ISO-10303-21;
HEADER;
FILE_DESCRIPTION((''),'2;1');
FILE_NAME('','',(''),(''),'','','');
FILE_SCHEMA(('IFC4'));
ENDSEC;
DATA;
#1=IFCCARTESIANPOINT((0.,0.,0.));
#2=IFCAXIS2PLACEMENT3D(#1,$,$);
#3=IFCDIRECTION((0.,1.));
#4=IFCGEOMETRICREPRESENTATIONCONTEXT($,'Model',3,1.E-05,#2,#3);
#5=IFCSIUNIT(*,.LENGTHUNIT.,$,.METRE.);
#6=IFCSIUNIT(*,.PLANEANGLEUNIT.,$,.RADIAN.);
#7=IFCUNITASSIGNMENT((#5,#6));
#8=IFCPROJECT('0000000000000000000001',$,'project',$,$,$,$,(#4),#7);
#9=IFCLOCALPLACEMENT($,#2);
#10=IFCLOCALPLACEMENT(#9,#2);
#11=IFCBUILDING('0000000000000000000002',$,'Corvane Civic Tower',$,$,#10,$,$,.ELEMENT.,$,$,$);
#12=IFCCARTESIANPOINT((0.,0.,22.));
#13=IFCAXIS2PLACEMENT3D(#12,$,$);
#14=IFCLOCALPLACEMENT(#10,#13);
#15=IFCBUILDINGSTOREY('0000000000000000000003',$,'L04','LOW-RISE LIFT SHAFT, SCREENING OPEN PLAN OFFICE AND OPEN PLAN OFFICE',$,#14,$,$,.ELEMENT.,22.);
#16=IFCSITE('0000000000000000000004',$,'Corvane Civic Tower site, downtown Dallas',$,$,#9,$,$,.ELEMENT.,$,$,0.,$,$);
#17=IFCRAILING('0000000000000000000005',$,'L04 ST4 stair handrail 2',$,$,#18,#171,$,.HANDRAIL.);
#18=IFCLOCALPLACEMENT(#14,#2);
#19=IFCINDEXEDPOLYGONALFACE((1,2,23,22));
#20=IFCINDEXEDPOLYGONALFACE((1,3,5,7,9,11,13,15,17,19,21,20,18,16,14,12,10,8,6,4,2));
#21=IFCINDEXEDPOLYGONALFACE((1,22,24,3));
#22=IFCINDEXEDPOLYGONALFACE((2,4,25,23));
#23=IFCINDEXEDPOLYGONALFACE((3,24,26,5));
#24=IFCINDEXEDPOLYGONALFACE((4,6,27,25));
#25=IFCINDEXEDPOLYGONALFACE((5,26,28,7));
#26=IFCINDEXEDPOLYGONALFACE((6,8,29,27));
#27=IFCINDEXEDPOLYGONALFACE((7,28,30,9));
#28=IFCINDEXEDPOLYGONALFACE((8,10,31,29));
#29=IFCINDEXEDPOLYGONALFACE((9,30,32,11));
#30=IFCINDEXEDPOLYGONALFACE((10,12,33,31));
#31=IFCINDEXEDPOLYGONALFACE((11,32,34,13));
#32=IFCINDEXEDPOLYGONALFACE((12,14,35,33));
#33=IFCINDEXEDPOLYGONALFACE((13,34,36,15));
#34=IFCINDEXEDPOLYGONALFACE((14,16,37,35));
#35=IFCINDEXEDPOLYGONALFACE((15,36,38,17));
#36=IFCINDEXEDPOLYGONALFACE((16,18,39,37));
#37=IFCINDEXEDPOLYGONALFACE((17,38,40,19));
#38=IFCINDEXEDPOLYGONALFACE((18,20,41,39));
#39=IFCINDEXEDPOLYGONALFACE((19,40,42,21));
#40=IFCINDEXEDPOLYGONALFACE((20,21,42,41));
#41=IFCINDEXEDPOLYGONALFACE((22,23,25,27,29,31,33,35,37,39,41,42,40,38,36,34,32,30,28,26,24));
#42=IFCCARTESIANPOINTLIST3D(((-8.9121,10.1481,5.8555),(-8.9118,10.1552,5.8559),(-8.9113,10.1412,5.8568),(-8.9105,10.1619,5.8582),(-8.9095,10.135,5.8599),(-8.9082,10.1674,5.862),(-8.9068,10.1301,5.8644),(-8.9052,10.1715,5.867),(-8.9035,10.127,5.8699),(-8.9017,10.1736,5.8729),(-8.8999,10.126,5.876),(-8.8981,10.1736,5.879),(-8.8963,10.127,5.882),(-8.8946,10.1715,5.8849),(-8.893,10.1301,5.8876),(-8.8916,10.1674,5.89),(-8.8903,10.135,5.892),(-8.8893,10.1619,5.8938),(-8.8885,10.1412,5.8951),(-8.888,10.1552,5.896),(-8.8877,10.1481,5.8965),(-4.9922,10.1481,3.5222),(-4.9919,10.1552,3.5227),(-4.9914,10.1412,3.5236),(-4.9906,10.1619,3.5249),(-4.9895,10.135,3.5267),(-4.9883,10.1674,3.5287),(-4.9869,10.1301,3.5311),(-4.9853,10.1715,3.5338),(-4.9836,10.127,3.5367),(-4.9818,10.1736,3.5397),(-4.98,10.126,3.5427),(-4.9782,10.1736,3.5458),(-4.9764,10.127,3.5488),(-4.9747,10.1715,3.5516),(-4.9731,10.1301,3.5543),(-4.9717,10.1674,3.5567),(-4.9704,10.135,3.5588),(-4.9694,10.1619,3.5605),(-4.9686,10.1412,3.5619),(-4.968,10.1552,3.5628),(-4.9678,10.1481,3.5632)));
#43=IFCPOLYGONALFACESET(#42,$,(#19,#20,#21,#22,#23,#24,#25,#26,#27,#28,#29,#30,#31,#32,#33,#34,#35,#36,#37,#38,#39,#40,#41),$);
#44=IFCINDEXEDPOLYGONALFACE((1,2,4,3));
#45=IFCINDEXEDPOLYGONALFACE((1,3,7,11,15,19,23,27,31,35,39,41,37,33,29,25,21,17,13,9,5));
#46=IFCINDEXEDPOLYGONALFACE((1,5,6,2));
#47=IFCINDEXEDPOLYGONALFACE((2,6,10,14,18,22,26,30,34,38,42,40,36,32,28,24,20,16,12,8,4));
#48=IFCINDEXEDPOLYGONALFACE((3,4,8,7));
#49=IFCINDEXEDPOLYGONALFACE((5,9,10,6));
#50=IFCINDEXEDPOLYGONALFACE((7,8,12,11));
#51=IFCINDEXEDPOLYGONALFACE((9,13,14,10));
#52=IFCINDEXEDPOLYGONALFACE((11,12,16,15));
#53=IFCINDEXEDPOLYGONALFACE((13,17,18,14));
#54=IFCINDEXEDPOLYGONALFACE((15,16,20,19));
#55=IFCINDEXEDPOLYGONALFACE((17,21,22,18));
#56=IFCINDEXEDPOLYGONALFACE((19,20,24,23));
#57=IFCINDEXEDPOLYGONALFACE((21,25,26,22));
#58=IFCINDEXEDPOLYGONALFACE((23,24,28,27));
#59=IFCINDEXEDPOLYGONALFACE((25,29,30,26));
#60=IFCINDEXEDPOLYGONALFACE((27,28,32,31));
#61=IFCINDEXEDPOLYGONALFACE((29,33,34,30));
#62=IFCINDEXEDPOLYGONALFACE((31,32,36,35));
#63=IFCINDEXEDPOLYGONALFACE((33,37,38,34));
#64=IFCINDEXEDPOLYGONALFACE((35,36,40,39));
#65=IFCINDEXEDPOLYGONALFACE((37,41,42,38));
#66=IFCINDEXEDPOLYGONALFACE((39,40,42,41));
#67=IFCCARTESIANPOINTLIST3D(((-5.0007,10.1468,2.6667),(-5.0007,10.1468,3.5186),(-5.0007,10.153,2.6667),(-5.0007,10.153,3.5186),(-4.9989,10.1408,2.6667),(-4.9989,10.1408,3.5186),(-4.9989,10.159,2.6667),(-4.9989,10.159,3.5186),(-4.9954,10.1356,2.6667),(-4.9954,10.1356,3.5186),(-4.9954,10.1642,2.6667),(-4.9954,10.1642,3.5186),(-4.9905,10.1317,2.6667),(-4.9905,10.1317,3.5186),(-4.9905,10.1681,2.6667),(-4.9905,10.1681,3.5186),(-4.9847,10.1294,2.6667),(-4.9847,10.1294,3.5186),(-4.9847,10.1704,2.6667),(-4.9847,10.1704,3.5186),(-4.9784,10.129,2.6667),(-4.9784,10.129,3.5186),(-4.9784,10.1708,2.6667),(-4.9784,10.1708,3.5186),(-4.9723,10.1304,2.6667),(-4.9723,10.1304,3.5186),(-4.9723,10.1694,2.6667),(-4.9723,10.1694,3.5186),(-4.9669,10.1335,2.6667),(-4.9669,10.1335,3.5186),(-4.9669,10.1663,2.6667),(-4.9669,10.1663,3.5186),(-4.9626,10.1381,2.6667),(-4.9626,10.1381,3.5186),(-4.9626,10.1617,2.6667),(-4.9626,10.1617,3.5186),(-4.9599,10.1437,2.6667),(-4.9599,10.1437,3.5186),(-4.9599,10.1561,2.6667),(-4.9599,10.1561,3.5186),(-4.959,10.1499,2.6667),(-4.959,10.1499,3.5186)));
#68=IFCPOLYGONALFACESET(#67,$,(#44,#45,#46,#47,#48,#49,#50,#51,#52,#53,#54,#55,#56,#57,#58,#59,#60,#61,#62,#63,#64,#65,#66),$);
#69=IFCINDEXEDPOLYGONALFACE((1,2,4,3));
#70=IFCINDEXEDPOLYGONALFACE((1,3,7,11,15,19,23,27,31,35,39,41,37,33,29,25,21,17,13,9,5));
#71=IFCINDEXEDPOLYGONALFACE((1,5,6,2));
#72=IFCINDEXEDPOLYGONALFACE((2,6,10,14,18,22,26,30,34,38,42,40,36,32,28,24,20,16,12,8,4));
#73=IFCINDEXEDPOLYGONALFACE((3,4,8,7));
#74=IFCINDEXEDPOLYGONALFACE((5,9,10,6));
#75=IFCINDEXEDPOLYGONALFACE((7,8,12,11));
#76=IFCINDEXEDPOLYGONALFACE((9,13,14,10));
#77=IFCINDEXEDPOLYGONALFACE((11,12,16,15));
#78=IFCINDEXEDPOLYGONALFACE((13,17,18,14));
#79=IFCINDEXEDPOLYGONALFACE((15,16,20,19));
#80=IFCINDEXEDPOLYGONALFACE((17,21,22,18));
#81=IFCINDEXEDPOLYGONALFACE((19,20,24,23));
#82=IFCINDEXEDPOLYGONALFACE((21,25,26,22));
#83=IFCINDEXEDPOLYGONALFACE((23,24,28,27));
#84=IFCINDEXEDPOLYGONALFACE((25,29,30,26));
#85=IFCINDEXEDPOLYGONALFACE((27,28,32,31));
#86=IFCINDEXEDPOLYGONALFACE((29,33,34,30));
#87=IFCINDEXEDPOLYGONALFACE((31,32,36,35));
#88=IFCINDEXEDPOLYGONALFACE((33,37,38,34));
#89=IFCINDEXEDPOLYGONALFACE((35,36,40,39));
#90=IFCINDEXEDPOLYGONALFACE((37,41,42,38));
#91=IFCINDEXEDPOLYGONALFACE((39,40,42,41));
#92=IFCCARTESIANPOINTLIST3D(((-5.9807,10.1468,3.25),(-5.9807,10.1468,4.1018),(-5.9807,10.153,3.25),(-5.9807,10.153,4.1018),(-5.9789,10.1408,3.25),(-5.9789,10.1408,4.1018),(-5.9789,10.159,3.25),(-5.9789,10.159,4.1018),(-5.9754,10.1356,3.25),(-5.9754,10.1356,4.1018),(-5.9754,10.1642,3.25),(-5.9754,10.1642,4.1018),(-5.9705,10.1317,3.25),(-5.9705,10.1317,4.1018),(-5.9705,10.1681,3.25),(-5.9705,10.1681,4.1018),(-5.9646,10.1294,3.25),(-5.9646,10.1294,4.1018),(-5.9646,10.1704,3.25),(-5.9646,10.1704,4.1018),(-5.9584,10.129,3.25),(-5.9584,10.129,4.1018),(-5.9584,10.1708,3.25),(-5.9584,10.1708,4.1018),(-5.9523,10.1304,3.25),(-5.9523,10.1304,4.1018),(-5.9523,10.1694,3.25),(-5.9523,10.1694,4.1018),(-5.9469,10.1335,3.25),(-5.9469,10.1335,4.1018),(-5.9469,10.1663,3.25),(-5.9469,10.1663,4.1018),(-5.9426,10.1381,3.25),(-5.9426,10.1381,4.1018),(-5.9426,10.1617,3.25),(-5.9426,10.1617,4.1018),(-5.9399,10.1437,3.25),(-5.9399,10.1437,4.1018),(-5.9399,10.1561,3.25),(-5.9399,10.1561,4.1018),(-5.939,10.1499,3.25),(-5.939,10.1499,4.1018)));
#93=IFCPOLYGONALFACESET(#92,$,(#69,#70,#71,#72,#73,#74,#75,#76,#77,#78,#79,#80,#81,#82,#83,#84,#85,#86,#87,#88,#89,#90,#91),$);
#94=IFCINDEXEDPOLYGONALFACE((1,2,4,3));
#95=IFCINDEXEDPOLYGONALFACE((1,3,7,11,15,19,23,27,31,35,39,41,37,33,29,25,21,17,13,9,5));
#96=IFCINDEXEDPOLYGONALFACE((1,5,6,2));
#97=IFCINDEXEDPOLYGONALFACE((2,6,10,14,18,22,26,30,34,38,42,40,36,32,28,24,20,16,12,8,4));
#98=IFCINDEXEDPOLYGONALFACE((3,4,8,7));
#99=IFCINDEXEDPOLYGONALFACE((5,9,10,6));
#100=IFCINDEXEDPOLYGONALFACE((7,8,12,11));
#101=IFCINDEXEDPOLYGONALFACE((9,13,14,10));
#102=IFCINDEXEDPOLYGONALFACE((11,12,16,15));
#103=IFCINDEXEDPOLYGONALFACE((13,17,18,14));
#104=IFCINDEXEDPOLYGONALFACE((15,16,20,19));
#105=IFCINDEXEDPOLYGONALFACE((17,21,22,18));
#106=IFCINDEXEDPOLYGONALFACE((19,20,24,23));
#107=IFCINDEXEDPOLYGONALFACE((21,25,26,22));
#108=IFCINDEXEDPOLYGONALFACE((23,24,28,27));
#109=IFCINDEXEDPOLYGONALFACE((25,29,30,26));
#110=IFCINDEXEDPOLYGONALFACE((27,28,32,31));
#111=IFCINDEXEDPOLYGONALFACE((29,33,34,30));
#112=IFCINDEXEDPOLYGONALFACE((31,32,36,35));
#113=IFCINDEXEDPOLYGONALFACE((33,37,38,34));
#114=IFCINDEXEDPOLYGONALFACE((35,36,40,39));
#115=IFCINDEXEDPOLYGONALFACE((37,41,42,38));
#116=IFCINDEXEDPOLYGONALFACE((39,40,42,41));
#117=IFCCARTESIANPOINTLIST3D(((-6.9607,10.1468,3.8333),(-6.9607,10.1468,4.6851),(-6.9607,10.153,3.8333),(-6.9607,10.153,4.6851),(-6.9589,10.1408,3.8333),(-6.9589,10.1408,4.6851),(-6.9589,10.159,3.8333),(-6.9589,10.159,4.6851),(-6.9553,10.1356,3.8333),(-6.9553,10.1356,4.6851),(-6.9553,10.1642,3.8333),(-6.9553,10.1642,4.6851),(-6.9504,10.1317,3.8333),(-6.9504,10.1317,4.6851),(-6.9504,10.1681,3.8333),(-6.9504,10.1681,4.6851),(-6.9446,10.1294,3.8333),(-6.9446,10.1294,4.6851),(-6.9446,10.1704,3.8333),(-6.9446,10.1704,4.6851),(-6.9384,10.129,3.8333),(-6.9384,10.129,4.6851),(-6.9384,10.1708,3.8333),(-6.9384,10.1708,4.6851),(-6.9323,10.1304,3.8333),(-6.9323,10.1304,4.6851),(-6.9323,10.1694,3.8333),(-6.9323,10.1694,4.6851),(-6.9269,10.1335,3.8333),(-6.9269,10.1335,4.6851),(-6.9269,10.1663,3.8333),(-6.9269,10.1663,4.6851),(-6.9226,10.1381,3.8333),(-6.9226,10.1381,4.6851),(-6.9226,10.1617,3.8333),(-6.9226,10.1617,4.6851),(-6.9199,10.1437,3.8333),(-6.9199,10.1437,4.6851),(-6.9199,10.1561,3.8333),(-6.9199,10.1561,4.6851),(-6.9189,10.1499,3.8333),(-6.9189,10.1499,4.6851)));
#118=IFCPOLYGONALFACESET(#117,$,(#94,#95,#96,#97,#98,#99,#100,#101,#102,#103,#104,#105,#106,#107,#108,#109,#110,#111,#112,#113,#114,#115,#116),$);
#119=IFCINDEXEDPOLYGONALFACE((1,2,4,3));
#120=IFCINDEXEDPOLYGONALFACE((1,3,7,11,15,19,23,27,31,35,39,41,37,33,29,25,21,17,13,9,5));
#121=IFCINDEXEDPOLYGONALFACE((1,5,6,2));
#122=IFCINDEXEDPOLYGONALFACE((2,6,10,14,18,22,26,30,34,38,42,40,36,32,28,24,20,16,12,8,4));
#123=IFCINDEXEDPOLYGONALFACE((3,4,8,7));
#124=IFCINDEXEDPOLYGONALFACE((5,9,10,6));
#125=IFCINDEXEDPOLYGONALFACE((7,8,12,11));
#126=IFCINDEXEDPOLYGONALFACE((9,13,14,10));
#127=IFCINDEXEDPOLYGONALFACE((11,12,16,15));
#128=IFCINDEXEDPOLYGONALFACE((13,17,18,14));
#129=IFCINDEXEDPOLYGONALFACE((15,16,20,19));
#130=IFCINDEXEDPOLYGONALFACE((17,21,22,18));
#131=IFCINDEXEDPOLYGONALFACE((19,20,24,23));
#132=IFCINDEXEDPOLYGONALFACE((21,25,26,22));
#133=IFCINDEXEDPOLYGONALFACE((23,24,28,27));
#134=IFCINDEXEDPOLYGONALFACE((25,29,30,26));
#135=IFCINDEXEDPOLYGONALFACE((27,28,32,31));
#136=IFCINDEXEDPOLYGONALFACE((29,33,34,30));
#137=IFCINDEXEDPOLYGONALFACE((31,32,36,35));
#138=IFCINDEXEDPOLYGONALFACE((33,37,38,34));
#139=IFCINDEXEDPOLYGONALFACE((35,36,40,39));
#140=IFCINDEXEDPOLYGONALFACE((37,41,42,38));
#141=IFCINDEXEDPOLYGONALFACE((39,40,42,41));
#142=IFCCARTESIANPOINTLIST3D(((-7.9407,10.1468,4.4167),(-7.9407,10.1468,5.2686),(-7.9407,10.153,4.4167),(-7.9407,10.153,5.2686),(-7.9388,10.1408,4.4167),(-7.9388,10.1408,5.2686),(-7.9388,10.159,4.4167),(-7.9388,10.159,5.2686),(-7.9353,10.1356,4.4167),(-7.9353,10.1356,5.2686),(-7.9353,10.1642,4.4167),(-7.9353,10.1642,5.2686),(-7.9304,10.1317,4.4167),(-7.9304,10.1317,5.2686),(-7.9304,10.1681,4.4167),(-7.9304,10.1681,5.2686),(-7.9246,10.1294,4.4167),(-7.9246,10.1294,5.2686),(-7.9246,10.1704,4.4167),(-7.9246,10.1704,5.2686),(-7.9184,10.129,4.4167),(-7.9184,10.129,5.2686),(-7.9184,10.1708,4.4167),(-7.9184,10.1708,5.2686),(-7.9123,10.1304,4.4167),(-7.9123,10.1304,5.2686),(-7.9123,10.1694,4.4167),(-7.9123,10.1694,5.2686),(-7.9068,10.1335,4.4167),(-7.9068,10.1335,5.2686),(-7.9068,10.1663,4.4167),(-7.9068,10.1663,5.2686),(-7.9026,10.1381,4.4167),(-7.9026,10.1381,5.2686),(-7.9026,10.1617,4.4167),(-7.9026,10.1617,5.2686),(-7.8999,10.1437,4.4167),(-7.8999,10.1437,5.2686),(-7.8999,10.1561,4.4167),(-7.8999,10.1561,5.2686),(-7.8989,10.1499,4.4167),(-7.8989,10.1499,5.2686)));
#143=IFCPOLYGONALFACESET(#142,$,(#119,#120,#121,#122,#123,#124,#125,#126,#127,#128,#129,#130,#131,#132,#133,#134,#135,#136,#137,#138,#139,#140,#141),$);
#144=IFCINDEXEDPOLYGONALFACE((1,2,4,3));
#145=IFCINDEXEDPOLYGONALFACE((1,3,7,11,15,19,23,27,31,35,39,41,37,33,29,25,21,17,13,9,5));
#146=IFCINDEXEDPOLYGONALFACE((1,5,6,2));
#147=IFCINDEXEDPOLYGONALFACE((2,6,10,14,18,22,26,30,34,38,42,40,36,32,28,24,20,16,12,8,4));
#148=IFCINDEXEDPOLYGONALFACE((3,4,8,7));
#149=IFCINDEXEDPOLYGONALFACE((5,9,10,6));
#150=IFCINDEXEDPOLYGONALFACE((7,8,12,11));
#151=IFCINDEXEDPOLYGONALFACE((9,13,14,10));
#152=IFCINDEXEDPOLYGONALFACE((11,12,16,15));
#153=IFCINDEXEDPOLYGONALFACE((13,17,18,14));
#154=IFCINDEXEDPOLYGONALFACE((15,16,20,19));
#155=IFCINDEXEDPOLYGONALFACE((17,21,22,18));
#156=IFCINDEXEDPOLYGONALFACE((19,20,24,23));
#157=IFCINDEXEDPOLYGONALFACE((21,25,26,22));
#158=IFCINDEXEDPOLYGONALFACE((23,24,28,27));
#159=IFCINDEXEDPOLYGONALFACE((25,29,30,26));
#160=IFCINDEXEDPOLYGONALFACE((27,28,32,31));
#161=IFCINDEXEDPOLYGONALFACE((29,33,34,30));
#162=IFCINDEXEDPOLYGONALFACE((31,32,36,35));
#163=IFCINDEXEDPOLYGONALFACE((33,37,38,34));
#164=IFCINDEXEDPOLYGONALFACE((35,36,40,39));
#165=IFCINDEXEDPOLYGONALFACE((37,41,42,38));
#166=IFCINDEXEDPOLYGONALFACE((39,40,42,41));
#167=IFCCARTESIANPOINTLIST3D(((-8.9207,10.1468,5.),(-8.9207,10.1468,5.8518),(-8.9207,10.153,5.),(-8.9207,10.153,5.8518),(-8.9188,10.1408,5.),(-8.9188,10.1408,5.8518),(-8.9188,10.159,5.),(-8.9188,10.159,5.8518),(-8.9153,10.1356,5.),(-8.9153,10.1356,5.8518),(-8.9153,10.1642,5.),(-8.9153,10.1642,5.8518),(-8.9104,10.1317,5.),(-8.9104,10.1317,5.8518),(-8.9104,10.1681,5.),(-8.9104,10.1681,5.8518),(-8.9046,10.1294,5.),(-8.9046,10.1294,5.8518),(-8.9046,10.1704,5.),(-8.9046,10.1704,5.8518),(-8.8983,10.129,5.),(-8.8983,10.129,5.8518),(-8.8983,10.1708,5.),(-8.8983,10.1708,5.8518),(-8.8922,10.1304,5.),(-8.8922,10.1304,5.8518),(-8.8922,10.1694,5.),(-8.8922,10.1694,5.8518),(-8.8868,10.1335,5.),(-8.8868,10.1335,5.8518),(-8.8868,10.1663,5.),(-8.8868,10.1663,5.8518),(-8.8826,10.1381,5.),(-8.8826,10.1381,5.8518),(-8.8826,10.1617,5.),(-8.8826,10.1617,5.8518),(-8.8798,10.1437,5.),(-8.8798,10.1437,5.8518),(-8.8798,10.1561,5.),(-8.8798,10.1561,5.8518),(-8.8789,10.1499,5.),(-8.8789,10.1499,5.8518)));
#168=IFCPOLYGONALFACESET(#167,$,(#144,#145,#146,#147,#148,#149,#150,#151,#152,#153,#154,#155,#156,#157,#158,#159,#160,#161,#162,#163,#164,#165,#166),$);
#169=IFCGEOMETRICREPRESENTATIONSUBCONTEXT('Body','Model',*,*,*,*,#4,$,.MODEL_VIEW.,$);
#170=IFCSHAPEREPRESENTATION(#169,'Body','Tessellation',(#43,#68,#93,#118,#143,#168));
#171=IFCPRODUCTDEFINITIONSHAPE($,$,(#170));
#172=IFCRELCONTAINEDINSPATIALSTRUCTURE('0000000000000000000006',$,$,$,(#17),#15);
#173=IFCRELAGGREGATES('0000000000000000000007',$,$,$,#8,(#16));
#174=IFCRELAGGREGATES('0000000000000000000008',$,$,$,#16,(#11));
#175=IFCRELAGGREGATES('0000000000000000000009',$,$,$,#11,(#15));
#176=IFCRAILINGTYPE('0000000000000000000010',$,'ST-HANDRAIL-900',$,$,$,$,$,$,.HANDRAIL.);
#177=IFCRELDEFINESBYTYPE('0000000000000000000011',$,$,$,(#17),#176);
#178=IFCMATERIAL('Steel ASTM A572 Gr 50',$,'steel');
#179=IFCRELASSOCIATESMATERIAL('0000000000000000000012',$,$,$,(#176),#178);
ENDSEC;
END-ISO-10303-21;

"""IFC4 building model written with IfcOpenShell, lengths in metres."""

from ifc_helpers import new_model, si_unit, direction, frame, origin, origin_2d, place, context, subcontext, project, spatial, circle, extrude, material, type_object, element, save


model = new_model("IFC4")

# Units and contexts
model_context = context("Model", 3, precision=1e-05, world=origin(), true_north=direction((0.0, 1.0)))
body_context = subcontext(model_context, "Body", "Model", "MODEL_VIEW")
ifc_project = project(units=[si_unit("LENGTHUNIT", "METRE"), si_unit("PLANEANGLEUNIT", "RADIAN")], contexts=[model_context])

# Site, building, storey
site_placement = place(None, origin())
site = spatial("IfcSite", under=ifc_project, at=site_placement, Name="Corvane Civic Tower site, downtown Dallas", CompositionType="ELEMENT", RefElevation=0.0)
building_placement = place(site_placement, origin())
building = spatial("IfcBuilding", under=site, at=building_placement, Name="Corvane Civic Tower", CompositionType="ELEMENT")
storey_placement = place(building_placement, frame((0.0, 0.0, 22.0)))
storey = spatial("IfcBuildingStorey", under=building, at=storey_placement, Name="L04", Description="LOW-RISE LIFT SHAFT, SCREENING OPEN PLAN OFFICE AND OPEN PLAN OFFICE", CompositionType="ELEMENT", Elevation=22.0)

# Railing
ifc_material_1 = material(Name="Steel ASTM A572 Gr 50", Category="steel")
railing_type_1 = type_object("IfcRailingType", Name="ST-HANDRAIL-900", PredefinedType="HANDRAIL", material=ifc_material_1)
railing_1_placement = place(storey_placement, frame((-4.98, 10.1499, 2.6667)))
element("IfcRailing", 1, at=railing_1_placement, inside=storey, type_object=railing_type_1, Name="L04 ST4 stair handrail 2", PredefinedType="HANDRAIL", context=body_context, shape_type="SweptSolid", body=[
    extrude(circle(Radius=0.0239, at=origin_2d()), frame((0.0, 0.0, 0.876), z_axis=(-0.859296, 0.0, 0.511478), x_axis=(0.0, -1.0, 0.0)), (0.0, 0.0, 1.0), 4.5618),
    extrude(circle(Radius=0.021, at=origin_2d()), origin(), (0.0, 0.0, 1.0), 0.8518),
    extrude(circle(Radius=0.021, at=origin_2d()), frame((-0.98, 0.0, 0.5833)), (0.0, 0.0, 1.0), 0.8518),
    extrude(circle(Radius=0.021, at=origin_2d()), frame((-1.96, 0.0, 1.1665)), (0.0, 0.0, 1.0), 0.8518),
    extrude(circle(Radius=0.021, at=origin_2d()), frame((-2.9399, 0.0, 1.75)), (0.0, 0.0, 1.0), 0.8518),
    extrude(circle(Radius=0.021, at=origin_2d()), frame((-3.9199, 0.0, 2.3333)), (0.0, 0.0, 1.0), 0.8518),
])

save(model, "model.ifc")
